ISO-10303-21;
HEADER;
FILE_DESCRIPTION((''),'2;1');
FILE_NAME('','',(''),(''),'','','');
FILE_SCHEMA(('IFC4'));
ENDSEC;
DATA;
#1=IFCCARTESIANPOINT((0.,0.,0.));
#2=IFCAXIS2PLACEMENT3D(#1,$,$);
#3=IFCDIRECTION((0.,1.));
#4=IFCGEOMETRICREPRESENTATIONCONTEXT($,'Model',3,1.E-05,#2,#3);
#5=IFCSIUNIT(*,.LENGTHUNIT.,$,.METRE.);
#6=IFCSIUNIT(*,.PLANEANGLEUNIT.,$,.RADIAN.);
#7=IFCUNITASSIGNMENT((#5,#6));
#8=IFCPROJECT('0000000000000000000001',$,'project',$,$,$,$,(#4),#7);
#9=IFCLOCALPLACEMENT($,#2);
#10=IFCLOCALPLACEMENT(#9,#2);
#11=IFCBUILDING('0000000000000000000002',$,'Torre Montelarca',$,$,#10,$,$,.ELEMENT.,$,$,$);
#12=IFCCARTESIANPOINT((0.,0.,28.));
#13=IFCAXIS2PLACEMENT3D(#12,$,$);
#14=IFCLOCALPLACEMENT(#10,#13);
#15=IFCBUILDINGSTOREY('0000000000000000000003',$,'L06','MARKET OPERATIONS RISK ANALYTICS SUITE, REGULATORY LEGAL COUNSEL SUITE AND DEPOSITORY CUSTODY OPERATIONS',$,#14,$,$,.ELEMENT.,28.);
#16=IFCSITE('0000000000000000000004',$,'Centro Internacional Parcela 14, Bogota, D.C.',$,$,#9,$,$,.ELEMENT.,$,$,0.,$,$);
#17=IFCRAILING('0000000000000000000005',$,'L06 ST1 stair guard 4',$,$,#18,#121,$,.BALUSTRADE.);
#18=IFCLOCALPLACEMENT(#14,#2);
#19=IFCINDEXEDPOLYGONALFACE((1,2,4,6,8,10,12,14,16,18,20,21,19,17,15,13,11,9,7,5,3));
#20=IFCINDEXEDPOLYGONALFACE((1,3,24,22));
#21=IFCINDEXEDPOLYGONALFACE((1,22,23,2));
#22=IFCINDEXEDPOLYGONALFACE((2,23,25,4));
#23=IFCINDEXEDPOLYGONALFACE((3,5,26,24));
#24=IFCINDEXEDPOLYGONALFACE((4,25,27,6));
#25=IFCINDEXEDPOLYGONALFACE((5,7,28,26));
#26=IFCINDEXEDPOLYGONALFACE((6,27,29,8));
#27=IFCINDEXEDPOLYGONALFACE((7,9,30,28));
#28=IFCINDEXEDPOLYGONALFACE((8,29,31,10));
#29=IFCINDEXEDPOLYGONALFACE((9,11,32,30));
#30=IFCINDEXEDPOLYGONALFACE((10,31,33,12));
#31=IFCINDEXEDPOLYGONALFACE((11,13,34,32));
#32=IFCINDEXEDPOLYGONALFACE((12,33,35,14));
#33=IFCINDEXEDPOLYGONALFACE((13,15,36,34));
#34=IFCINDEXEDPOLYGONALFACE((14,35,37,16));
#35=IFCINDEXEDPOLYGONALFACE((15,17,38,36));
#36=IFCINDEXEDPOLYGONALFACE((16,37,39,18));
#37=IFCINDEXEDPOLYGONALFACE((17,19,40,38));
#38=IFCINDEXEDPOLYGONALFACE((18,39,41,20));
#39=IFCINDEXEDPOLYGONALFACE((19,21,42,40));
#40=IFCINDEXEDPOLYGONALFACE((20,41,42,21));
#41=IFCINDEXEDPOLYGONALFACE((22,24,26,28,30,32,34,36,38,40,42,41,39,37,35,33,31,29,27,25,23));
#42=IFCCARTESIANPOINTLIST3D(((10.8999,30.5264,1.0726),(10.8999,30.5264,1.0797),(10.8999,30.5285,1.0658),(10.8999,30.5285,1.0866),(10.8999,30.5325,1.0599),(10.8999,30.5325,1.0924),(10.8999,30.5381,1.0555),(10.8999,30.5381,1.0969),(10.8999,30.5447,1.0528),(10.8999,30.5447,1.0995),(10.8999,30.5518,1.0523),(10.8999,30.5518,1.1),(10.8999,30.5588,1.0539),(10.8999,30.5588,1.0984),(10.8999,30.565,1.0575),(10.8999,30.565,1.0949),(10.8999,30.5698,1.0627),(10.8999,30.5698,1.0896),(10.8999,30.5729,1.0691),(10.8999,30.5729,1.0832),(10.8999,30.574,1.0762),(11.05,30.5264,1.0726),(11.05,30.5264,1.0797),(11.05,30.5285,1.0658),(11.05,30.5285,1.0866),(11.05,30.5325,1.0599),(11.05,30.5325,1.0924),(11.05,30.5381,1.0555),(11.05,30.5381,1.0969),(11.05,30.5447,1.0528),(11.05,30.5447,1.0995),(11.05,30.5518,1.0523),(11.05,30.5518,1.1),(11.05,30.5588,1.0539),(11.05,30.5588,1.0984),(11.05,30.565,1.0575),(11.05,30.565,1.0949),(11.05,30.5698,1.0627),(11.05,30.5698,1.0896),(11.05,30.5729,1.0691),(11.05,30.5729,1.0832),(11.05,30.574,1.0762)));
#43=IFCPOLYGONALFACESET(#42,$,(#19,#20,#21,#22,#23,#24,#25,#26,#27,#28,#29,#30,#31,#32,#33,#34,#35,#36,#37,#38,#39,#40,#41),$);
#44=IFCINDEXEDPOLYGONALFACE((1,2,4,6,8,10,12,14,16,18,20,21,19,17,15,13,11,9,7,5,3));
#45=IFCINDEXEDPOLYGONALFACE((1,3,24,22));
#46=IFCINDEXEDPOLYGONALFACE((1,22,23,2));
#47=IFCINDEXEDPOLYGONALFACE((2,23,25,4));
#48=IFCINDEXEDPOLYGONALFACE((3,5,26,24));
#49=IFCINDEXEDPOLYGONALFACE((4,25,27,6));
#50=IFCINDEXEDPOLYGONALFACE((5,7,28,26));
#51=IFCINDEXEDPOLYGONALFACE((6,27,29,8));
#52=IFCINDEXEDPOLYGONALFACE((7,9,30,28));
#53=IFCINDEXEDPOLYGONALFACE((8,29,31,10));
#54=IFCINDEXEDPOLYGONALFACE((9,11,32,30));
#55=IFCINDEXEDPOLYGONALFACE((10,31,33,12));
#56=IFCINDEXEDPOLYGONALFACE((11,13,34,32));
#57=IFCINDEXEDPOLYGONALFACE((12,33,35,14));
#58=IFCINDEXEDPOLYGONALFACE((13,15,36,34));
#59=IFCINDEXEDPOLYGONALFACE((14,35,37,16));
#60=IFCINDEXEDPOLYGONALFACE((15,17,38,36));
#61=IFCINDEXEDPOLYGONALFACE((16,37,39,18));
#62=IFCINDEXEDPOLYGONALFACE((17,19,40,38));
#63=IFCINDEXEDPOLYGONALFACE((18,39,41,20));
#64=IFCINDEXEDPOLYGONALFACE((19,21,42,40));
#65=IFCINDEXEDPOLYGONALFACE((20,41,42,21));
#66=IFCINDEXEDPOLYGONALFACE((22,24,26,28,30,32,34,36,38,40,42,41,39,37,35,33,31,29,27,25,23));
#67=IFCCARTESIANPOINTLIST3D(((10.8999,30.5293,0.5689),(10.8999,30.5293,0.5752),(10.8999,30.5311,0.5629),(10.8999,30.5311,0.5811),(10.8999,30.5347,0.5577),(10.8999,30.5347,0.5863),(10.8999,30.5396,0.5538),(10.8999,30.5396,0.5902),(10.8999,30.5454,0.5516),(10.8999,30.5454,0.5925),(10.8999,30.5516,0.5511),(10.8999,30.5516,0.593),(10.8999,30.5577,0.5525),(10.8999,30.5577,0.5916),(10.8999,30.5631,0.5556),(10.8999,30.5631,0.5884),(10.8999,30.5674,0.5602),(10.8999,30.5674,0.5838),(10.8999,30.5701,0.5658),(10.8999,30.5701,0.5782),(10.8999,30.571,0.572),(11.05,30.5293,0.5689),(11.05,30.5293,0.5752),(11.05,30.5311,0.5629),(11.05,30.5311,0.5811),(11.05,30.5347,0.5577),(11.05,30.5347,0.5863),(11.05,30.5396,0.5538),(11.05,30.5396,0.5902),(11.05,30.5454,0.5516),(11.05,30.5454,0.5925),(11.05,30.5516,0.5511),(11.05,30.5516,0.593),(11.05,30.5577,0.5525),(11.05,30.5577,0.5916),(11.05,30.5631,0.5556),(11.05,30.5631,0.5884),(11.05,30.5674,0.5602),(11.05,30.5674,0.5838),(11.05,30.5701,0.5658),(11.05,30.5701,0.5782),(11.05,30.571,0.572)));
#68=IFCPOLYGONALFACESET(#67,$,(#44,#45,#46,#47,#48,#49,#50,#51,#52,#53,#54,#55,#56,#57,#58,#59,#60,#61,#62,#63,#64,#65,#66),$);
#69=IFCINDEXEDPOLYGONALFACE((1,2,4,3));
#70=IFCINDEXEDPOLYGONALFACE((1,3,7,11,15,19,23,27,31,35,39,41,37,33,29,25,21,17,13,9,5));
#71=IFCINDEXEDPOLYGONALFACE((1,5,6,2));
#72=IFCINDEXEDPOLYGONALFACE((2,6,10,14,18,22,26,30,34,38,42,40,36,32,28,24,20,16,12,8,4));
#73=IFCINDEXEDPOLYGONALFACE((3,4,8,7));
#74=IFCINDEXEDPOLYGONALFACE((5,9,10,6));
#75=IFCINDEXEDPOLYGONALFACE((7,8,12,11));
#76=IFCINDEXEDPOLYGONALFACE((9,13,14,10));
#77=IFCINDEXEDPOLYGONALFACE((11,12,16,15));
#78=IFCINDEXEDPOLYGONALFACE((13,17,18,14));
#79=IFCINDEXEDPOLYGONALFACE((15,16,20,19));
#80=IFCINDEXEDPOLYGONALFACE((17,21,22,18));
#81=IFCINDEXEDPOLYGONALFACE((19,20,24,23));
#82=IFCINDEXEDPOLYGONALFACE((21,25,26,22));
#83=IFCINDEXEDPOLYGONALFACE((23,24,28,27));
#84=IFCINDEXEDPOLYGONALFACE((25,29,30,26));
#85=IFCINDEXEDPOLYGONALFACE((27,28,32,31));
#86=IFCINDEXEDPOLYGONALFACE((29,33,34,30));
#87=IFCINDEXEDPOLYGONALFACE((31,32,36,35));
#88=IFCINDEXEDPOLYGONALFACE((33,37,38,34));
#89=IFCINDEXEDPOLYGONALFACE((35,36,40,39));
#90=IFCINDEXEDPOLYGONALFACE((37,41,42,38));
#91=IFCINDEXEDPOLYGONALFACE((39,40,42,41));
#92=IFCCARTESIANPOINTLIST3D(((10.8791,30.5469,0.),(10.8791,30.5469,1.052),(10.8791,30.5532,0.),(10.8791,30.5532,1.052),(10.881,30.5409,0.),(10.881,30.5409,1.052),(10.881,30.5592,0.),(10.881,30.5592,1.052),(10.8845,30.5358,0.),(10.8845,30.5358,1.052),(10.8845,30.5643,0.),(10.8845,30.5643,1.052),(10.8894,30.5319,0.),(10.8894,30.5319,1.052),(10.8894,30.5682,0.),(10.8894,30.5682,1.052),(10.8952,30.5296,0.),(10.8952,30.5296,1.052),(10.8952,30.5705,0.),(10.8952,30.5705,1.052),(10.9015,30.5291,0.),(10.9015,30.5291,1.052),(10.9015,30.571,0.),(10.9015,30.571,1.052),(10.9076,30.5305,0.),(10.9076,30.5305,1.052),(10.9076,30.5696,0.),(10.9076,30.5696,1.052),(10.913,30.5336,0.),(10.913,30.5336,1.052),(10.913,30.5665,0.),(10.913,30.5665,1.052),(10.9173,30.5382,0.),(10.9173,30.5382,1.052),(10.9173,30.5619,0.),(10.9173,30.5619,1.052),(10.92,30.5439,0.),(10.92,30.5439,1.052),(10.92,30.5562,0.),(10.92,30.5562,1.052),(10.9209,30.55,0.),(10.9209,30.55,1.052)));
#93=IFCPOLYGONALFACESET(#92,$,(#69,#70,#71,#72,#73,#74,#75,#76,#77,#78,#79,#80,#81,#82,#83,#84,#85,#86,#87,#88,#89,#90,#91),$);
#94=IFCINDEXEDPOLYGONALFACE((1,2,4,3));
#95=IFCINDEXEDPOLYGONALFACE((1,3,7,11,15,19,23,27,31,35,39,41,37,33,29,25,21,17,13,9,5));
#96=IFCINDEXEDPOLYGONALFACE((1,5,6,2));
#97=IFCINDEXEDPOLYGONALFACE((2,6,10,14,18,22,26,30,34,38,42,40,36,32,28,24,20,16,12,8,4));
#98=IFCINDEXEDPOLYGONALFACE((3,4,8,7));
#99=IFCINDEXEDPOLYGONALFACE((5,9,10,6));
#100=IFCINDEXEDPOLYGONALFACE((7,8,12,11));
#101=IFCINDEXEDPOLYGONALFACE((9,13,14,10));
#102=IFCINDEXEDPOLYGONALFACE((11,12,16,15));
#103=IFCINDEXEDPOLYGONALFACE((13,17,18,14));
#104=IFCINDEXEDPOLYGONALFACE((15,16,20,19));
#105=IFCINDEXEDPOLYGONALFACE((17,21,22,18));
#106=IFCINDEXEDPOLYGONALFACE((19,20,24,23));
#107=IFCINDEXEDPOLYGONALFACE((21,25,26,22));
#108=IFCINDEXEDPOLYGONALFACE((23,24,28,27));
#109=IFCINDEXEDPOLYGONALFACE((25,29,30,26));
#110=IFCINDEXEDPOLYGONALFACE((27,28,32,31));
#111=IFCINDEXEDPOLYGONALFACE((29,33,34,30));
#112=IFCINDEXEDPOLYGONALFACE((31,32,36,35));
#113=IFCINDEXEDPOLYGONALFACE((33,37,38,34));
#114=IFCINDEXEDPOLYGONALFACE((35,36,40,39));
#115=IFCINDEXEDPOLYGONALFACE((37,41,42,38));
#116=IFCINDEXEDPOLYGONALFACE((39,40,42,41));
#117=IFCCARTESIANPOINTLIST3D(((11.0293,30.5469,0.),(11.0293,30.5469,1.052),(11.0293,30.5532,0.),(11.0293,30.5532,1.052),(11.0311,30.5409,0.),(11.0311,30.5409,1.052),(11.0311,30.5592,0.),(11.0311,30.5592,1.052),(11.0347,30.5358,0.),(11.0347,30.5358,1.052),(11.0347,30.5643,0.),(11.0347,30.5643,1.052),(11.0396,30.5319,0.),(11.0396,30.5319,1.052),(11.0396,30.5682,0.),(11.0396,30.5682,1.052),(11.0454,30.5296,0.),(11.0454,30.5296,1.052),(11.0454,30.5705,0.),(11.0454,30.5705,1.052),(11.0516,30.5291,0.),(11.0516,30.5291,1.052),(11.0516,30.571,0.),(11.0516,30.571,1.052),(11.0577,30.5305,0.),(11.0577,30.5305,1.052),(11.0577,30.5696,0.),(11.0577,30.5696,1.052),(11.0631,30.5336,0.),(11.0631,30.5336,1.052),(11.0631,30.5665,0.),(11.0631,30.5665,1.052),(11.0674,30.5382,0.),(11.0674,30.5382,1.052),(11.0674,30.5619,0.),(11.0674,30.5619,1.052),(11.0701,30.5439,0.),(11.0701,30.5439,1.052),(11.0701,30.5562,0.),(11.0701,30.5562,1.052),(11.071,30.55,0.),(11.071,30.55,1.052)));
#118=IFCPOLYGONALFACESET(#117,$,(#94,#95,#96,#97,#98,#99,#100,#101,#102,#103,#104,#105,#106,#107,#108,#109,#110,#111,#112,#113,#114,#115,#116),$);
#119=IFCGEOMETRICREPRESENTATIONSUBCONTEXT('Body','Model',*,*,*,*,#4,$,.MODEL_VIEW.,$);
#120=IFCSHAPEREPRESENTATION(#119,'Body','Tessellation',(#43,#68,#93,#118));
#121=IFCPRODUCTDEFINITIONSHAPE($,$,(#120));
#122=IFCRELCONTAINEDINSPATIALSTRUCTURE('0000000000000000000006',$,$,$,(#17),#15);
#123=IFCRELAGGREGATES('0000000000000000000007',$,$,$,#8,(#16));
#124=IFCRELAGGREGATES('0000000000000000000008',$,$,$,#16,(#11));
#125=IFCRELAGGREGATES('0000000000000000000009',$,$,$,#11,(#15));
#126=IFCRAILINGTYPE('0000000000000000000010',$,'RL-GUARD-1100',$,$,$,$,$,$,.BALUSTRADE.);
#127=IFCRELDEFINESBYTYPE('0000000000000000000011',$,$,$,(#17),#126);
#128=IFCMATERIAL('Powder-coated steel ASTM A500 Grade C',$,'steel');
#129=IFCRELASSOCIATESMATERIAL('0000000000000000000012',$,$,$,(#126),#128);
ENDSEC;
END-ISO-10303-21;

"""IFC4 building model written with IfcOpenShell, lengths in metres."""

from ifc_helpers import new_model, si_unit, direction, frame, origin, origin_2d, place, context, subcontext, project, spatial, circle, extrude, material, type_object, element, save


model = new_model("IFC4")

# Units and contexts
model_context = context("Model", 3, precision=1e-05, world=origin(), true_north=direction((0.0, 1.0)))
body_context = subcontext(model_context, "Body", "Model", "MODEL_VIEW")
ifc_project = project(units=[si_unit("LENGTHUNIT", "METRE"), si_unit("PLANEANGLEUNIT", "RADIAN")], contexts=[model_context])

# Site, building, storey
site_placement = place(None, origin())
site = spatial("IfcSite", under=ifc_project, at=site_placement, Name="Centro Internacional Parcela 14, Bogota, D.C.", CompositionType="ELEMENT", RefElevation=0.0)
building_placement = place(site_placement, origin())
building = spatial("IfcBuilding", under=site, at=building_placement, Name="Torre Montelarca", CompositionType="ELEMENT")
storey_placement = place(building_placement, frame((0.0, 0.0, 28.0)))
storey = spatial("IfcBuildingStorey", under=building, at=storey_placement, Name="L06", Description="MARKET OPERATIONS RISK ANALYTICS SUITE, REGULATORY LEGAL COUNSEL SUITE AND DEPOSITORY CUSTODY OPERATIONS", CompositionType="ELEMENT", Elevation=28.0)

# Railing
ifc_material_1 = material(Name="Powder-coated steel ASTM A500 Grade C", Category="steel")
railing_type_1 = type_object("IfcRailingType", Name="RL-GUARD-1100", PredefinedType="BALUSTRADE", material=ifc_material_1)
railing_1_placement = place(storey_placement, frame((10.8999, 30.55, 0.0)))
element("IfcRailing", 1, at=railing_1_placement, inside=storey, type_object=railing_type_1, Name="L06 ST1 stair guard 4", PredefinedType="BALUSTRADE", context=body_context, shape_type="SweptSolid", body=[
    extrude(circle(Radius=0.0239, at=origin_2d()), frame((0.0, 0.0, 1.0762), z_axis=(1.0, 0.0, 0.0), x_axis=(0.0, 1.0, 0.0)), (0.0, 0.0, 1.0), 0.1501),
    extrude(circle(Radius=0.021, at=origin_2d()), frame((0.0, 0.0, 0.572), z_axis=(1.0, 0.0, 0.0), x_axis=(0.0, 1.0, 0.0)), (0.0, 0.0, 1.0), 0.1501),
    extrude(circle(Radius=0.021, at=origin_2d()), origin(), (0.0, 0.0, 1.0), 1.052),
    extrude(circle(Radius=0.021, at=origin_2d()), frame((0.1501, 0.0, 0.0)), (0.0, 0.0, 1.0), 1.052),
])

save(model, "model.ifc")
